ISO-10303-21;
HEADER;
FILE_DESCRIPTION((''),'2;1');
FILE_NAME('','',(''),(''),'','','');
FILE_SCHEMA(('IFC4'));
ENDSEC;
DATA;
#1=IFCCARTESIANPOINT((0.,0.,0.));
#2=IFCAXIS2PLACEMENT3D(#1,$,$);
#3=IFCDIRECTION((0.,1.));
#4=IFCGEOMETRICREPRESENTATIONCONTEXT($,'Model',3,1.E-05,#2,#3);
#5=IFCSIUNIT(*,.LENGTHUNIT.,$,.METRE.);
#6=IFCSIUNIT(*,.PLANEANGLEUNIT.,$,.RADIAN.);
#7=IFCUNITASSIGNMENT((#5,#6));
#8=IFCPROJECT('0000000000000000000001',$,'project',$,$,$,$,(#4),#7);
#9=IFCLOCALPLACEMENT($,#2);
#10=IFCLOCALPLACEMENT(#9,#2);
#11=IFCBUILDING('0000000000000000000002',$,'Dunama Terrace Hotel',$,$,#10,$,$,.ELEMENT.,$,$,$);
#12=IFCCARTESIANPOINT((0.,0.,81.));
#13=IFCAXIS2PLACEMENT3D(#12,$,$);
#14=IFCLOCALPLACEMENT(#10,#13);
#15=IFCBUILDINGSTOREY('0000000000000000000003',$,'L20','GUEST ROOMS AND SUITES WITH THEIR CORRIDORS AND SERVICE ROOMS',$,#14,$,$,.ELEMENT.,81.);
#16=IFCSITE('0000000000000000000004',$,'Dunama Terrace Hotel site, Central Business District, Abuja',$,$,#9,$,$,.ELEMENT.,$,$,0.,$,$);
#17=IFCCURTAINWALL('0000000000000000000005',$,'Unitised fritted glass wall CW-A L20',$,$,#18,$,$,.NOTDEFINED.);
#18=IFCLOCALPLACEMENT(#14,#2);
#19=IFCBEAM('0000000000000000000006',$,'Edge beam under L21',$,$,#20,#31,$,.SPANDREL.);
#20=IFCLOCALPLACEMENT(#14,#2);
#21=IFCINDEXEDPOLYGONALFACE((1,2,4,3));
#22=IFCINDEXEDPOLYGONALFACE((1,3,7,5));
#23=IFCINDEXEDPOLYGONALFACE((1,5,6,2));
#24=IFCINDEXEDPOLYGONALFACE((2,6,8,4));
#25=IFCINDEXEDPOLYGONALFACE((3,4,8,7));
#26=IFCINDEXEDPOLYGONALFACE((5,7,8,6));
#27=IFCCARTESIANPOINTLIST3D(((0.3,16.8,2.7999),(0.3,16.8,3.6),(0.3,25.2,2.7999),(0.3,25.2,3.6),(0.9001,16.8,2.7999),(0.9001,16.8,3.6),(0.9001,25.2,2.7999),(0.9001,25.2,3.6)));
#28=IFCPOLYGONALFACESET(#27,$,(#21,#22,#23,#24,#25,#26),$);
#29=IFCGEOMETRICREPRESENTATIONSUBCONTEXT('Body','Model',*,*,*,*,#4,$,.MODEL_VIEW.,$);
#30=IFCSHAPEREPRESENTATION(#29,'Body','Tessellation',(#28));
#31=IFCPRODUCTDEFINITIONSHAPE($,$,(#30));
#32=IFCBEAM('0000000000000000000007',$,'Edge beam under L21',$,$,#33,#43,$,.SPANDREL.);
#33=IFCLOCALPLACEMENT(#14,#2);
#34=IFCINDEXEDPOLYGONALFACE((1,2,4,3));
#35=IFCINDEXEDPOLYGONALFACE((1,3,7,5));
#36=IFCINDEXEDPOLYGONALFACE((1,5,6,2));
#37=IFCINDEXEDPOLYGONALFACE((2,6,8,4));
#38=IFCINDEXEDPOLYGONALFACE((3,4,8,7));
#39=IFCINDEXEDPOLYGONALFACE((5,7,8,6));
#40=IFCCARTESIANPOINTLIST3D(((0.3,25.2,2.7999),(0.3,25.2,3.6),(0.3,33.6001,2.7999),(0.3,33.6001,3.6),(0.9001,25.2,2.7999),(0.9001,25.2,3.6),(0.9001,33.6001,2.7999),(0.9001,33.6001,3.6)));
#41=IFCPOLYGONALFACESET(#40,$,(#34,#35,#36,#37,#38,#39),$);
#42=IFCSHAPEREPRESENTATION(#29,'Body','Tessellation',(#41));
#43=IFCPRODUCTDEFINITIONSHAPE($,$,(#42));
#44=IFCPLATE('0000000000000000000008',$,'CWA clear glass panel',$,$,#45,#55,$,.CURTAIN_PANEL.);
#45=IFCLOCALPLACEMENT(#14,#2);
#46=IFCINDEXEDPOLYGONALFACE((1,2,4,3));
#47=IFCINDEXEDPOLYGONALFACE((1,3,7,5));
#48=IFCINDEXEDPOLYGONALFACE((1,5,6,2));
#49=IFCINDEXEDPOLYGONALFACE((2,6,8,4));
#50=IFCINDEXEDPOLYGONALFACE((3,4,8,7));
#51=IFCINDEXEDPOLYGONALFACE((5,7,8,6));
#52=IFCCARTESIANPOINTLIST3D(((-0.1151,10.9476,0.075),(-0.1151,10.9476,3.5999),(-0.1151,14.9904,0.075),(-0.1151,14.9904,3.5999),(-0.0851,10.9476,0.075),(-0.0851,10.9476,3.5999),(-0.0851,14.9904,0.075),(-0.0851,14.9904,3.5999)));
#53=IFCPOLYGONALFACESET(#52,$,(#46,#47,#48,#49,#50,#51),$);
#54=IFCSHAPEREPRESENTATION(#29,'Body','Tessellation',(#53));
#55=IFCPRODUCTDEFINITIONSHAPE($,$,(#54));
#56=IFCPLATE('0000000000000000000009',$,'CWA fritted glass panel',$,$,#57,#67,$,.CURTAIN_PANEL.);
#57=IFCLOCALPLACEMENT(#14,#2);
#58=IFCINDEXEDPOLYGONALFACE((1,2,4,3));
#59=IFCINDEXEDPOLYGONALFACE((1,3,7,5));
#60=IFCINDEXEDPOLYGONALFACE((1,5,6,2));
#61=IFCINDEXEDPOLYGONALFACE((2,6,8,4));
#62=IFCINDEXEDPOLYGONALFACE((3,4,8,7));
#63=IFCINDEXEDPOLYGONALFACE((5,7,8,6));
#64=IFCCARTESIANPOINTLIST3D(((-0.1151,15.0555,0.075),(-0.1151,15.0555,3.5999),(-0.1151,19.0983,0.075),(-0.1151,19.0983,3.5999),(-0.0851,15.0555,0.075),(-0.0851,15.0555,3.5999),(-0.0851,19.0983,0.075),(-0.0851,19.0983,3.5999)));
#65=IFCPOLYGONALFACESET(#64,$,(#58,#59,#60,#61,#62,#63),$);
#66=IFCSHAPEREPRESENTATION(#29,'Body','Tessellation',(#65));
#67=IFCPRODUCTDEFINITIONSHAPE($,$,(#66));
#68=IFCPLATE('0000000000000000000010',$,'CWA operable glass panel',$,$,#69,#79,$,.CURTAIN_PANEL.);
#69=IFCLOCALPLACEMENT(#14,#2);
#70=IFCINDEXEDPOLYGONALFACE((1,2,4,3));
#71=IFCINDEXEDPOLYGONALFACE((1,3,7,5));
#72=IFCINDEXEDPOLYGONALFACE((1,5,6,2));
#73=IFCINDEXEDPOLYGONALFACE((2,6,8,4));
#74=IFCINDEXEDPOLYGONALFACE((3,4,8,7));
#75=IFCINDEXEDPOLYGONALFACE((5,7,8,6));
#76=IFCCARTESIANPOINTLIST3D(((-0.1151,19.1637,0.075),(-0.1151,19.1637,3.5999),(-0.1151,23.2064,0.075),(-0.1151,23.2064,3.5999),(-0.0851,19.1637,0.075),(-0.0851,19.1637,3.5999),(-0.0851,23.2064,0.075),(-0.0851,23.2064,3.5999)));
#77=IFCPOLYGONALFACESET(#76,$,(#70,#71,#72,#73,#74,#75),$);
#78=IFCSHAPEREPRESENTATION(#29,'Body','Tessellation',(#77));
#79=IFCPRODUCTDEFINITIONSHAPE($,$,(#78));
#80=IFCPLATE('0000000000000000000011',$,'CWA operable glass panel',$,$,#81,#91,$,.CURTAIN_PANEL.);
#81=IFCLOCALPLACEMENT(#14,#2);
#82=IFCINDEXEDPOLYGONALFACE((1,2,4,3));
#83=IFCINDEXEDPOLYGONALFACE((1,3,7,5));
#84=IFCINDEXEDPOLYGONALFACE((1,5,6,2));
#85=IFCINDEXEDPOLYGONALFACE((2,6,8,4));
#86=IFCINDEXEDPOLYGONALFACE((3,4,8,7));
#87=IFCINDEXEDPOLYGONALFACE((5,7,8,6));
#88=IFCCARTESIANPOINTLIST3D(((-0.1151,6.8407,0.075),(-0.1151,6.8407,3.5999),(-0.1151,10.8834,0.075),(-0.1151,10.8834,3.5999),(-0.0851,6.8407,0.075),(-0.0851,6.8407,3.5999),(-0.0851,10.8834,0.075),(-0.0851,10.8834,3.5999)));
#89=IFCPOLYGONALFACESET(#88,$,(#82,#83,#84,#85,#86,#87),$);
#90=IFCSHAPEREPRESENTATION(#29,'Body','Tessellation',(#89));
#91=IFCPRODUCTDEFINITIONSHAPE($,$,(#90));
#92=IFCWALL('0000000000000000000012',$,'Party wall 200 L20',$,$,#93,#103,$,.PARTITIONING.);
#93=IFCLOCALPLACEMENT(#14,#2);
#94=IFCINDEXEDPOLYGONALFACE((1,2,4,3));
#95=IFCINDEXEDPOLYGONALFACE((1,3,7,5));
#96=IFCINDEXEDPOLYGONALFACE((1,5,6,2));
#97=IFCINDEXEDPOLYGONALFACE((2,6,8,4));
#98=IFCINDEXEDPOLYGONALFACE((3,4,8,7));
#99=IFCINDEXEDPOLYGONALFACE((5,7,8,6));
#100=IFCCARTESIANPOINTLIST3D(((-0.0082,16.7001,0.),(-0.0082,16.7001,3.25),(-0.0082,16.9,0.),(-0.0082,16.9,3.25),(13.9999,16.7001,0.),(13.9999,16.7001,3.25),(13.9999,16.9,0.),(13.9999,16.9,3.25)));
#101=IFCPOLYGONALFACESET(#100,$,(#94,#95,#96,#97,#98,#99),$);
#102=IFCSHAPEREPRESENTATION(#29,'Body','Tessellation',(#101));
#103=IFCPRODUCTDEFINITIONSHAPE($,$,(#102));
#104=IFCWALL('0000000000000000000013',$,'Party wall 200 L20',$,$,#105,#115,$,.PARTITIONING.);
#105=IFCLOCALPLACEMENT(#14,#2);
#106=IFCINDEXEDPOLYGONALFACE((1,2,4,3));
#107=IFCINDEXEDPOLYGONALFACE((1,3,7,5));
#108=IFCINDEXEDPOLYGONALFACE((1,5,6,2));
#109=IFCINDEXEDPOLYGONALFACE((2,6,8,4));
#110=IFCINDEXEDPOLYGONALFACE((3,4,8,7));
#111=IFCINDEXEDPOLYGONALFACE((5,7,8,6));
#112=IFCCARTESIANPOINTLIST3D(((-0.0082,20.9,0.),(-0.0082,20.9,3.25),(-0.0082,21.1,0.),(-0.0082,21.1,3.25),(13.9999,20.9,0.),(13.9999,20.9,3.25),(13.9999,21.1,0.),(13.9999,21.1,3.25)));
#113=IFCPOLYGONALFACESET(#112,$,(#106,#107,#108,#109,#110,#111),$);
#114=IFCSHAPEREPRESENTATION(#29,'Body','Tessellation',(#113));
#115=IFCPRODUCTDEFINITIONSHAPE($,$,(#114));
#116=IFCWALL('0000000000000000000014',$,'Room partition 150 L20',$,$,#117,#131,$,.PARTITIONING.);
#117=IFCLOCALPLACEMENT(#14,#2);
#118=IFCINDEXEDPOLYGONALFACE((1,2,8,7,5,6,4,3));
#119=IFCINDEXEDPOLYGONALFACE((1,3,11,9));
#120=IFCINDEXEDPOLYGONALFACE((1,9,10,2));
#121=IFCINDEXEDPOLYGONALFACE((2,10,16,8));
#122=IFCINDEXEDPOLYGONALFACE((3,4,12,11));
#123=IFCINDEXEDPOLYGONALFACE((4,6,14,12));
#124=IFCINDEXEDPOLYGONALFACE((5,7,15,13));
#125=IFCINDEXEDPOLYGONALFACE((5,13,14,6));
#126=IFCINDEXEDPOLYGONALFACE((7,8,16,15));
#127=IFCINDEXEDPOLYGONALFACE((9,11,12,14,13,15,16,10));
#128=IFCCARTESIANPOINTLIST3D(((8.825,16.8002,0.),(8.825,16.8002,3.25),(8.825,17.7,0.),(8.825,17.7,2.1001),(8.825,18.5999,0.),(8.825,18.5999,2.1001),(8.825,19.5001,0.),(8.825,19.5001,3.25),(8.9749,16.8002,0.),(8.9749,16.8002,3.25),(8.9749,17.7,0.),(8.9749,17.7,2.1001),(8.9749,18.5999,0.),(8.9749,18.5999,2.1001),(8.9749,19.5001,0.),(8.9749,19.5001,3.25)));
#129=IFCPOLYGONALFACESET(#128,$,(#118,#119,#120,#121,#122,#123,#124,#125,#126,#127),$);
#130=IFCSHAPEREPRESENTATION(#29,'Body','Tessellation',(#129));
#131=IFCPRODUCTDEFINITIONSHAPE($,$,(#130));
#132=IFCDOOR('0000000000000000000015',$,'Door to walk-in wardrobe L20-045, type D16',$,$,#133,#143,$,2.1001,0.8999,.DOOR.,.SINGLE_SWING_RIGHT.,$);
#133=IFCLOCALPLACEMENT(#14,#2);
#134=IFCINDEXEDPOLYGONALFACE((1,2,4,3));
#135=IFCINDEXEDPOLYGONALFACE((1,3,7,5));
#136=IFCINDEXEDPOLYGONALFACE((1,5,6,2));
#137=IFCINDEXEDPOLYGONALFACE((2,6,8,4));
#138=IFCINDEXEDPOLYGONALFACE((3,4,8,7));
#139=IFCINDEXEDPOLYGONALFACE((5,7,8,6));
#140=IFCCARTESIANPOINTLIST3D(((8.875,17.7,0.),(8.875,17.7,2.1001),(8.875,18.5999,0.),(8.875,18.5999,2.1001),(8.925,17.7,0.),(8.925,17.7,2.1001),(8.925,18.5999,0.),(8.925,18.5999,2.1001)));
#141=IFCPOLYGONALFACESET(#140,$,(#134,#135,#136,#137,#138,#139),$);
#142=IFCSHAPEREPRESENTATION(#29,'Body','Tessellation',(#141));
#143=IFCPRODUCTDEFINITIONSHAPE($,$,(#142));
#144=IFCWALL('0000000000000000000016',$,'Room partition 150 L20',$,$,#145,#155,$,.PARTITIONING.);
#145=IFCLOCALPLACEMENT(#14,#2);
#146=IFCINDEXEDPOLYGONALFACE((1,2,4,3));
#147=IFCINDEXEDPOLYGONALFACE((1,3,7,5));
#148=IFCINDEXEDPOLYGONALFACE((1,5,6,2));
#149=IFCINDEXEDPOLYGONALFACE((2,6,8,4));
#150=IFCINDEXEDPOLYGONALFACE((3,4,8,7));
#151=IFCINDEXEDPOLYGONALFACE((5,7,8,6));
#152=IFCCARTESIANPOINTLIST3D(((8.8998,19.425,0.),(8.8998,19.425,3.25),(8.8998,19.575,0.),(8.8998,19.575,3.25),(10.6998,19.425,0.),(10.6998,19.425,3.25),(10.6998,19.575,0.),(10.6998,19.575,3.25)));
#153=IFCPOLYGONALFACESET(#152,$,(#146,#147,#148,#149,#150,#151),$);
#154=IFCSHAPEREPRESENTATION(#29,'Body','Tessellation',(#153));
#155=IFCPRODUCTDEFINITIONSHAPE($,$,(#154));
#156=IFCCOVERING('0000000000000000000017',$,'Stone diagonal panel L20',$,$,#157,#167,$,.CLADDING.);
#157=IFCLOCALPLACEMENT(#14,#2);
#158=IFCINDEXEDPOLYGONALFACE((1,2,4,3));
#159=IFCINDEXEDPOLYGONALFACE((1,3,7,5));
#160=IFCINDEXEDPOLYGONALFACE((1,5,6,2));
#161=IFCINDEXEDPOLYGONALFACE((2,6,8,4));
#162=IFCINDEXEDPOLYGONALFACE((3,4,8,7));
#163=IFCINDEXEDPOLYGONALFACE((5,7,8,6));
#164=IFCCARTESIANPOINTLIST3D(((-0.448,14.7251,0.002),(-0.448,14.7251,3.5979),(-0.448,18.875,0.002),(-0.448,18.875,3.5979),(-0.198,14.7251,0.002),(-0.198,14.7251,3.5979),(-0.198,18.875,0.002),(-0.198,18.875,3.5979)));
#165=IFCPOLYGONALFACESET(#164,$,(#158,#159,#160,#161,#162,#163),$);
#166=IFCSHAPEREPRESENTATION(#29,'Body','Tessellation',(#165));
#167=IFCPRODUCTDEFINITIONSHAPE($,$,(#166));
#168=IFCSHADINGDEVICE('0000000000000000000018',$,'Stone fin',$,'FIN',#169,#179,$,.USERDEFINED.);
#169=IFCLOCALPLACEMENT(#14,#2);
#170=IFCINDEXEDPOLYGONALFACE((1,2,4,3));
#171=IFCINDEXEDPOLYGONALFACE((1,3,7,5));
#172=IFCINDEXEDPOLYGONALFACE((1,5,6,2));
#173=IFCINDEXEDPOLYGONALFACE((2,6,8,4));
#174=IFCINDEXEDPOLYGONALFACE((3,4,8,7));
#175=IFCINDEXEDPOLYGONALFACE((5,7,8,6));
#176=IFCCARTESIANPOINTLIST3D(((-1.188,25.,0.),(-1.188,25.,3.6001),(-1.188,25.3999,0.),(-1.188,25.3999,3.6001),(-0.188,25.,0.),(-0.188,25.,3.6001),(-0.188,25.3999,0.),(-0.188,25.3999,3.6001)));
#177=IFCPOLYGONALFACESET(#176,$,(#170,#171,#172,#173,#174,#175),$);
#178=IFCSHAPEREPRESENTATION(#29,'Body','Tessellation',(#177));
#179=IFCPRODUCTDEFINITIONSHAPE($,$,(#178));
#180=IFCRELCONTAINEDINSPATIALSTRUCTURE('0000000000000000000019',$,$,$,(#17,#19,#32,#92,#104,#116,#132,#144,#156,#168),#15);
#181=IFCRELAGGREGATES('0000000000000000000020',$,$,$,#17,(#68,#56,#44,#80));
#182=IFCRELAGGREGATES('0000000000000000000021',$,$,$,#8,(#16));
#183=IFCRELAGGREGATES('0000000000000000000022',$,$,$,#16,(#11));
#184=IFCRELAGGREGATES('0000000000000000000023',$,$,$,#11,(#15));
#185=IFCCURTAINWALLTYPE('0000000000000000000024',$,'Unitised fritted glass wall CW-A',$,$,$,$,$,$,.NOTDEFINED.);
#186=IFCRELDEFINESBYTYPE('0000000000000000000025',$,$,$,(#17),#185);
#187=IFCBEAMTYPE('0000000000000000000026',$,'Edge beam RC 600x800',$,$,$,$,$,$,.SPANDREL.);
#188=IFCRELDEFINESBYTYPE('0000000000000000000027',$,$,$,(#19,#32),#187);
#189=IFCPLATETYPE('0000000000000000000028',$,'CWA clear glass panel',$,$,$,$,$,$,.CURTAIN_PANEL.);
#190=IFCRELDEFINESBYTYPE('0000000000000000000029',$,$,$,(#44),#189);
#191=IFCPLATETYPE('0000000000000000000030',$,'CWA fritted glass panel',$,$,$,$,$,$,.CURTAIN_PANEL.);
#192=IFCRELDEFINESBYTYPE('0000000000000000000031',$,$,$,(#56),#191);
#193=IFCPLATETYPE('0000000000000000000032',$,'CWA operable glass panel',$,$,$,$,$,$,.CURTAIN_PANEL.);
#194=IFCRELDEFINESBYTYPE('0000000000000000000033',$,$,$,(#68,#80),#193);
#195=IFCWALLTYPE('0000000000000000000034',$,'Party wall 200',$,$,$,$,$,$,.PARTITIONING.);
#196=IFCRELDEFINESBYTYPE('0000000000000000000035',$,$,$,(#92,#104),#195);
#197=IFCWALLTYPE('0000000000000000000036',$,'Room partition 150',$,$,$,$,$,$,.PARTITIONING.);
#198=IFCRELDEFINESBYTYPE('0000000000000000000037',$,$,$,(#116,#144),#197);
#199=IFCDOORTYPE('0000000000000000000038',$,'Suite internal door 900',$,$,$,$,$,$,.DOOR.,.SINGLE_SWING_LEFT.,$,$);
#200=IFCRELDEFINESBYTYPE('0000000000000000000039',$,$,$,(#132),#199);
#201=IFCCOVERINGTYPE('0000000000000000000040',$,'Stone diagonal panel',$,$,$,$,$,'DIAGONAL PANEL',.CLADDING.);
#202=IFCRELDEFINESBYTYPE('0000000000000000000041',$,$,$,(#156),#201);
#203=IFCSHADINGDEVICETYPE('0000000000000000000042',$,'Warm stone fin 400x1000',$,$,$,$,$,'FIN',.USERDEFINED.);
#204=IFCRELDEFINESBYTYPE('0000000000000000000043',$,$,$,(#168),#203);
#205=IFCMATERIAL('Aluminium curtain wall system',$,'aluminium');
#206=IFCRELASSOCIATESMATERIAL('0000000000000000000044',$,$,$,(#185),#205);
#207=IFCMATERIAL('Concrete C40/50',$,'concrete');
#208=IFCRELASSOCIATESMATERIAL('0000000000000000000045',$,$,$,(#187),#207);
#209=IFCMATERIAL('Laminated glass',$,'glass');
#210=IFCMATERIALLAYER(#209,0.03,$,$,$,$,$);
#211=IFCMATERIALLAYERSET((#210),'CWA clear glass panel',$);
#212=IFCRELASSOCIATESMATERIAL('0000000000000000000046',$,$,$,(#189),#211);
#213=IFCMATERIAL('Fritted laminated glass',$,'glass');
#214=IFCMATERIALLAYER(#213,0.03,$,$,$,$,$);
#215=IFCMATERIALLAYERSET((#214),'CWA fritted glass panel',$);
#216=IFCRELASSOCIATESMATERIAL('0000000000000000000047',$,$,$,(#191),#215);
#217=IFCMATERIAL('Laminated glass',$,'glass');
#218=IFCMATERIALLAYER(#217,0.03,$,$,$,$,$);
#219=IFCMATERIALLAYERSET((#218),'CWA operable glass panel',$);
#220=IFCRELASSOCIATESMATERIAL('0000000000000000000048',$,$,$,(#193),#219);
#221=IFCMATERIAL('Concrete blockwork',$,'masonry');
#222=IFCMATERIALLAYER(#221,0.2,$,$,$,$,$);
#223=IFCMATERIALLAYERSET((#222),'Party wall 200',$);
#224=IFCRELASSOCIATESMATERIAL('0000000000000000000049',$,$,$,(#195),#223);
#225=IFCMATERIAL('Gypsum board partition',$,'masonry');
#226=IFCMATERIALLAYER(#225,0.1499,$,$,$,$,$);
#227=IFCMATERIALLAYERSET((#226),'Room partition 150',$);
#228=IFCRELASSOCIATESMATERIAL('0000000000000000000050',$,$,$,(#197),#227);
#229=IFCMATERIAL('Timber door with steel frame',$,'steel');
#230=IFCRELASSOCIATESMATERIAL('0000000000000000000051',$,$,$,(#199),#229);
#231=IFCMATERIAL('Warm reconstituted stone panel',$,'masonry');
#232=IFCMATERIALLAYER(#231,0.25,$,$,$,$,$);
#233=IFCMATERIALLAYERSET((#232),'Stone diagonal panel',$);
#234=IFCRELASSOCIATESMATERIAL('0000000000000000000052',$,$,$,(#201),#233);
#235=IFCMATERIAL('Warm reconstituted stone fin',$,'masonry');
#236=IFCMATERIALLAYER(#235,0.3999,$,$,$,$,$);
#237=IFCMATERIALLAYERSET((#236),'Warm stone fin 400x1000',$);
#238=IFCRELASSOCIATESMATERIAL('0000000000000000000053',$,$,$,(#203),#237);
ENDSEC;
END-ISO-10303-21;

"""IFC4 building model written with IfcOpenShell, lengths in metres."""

from ifc_helpers import new_model, si_unit, direction, frame, frame_2d, origin, origin_2d, place, context, subcontext, project, spatial, rectangle, extrude, material, layer, layer_set, material_profile, profile_set, type_object, element, fill, aggregate, save


model = new_model("IFC4")

# Units and contexts
model_context = context("Model", 3, precision=1e-05, world=origin(), true_north=direction((0.0, 1.0)))
body_context = subcontext(model_context, "Body", "Model", "MODEL_VIEW")
ifc_project = project(units=[si_unit("LENGTHUNIT", "METRE"), si_unit("PLANEANGLEUNIT", "RADIAN")], contexts=[model_context])

# Site, building, storey
site_placement = place(None, origin())
site = spatial("IfcSite", under=ifc_project, at=site_placement, Name="Dunama Terrace Hotel site, Central Business District, Abuja", CompositionType="ELEMENT", RefElevation=0.0)
building_placement = place(site_placement, origin())
building = spatial("IfcBuilding", under=site, at=building_placement, Name="Dunama Terrace Hotel", CompositionType="ELEMENT")
storey_placement = place(building_placement, frame((0.0, 0.0, 81.0)))
storey = spatial("IfcBuildingStorey", under=building, at=storey_placement, Name="L20", Description="GUEST ROOMS AND SUITES WITH THEIR CORRIDORS AND SERVICE ROOMS", CompositionType="ELEMENT", Elevation=81.0)

# Curtain wall
ifc_material_1 = material(Name="Aluminium curtain wall system", Category="aluminium")
curtain_wall_type = type_object("IfcCurtainWallType", Name="Unitised fritted glass wall CW-A", PredefinedType="NOTDEFINED", material=ifc_material_1)
curtain_wall_placement = place(storey_placement, origin())
curtain_wall = element("IfcCurtainWall", 1, at=curtain_wall_placement, inside=storey, type_object=curtain_wall_type, Name="Unitised fritted glass wall CW-A L20", PredefinedType="NOTDEFINED")

# Beams
ifc_material_2 = material(Name="Concrete C40/50", Category="concrete")
ifc_material_profile_1 = material_profile(ifc_material_2, rectangle(XDim=0.6001, YDim=0.8, at=origin_2d()), Name="RC 600x800")
ifc_profile_set_1 = profile_set([ifc_material_profile_1], Name="Concrete C40/50")
beam_type = type_object("IfcBeamType", Name="Edge beam RC 600x800", PredefinedType="SPANDREL", material=ifc_profile_set_1)
beam_1_placement = place(storey_placement, frame((0.6001, 16.8, 3.2), z_axis=(0.0, 1.0, 0.0), x_axis=(-1.0, 0.0, 0.0)))
element("IfcBeam", 2, at=beam_1_placement, inside=storey, type_object=beam_type, Name="Edge beam under L21", PredefinedType="SPANDREL", context=body_context, shape_type="SweptSolid", body=[
    extrude(rectangle(XDim=0.6001, YDim=0.8, at=origin_2d()), origin(), (0.0, 0.0, 1.0), 8.3999),
])
beam_2_placement = place(storey_placement, frame((0.6001, 25.2, 3.2), z_axis=(0.0, 1.0, 0.0), x_axis=(-1.0, 0.0, 0.0)))
element("IfcBeam", 3, at=beam_2_placement, inside=storey, type_object=beam_type, Name="Edge beam under L21", PredefinedType="SPANDREL", context=body_context, shape_type="SweptSolid", body=[
    extrude(rectangle(XDim=0.6001, YDim=0.8, at=origin_2d()), origin(), (0.0, 0.0, 1.0), 8.4001),
])

# Plates
ifc_material_3 = material(Name="Laminated glass", Category="glass")
ifc_layer_1 = layer(ifc_material_3, 0.03)
ifc_layer_set_1 = layer_set([ifc_layer_1], Name="CWA clear glass panel")
plate_type_1 = type_object("IfcPlateType", Name="CWA clear glass panel", PredefinedType="CURTAIN_PANEL", material=ifc_layer_set_1)
plate_1_placement = place(storey_placement, frame((-0.1001, 12.969, 0.075), z_axis=(0.0, 0.0, 1.0), x_axis=(0.0, -1.0, 0.0)))
plate_1 = element("IfcPlate", 4, at=plate_1_placement, type_object=plate_type_1, Name="CWA clear glass panel", PredefinedType="CURTAIN_PANEL", context=body_context, shape_type="SweptSolid", body=[
    extrude(rectangle(XDim=4.0427, YDim=0.03, at=origin_2d()), origin(), (0.0, 0.0, 1.0), 3.5249),
])
ifc_material_4 = material(Name="Fritted laminated glass", Category="glass")
ifc_layer_2 = layer(ifc_material_4, 0.03)
ifc_layer_set_2 = layer_set([ifc_layer_2], Name="CWA fritted glass panel")
plate_type_2 = type_object("IfcPlateType", Name="CWA fritted glass panel", PredefinedType="CURTAIN_PANEL", material=ifc_layer_set_2)
plate_2_placement = place(storey_placement, frame((-0.1001, 17.0769, 0.075), z_axis=(0.0, 0.0, 1.0), x_axis=(0.0, -1.0, 0.0)))
plate_2 = element("IfcPlate", 5, at=plate_2_placement, type_object=plate_type_2, Name="CWA fritted glass panel", PredefinedType="CURTAIN_PANEL", context=body_context, shape_type="SweptSolid", body=[
    extrude(rectangle(XDim=4.0427, YDim=0.03, at=origin_2d()), origin(), (0.0, 0.0, 1.0), 3.5249),
])
ifc_material_5 = material(Name="Laminated glass", Category="glass")
ifc_layer_3 = layer(ifc_material_5, 0.03)
ifc_layer_set_3 = layer_set([ifc_layer_3], Name="CWA operable glass panel")
plate_type_3 = type_object("IfcPlateType", Name="CWA operable glass panel", PredefinedType="CURTAIN_PANEL", material=ifc_layer_set_3)
plate_3_placement = place(storey_placement, frame((-0.1001, 21.1851, 0.075), z_axis=(0.0, 0.0, 1.0), x_axis=(0.0, -1.0, 0.0)))
plate_3 = element("IfcPlate", 6, at=plate_3_placement, type_object=plate_type_3, Name="CWA operable glass panel", PredefinedType="CURTAIN_PANEL", context=body_context, shape_type="SweptSolid", body=[
    extrude(rectangle(XDim=4.0427, YDim=0.03, at=origin_2d()), origin(), (0.0, 0.0, 1.0), 3.5249),
])
plate_4_placement = place(storey_placement, frame((-0.1001, 8.8621, 0.075), z_axis=(0.0, 0.0, 1.0), x_axis=(0.0, -1.0, 0.0)))
plate_4 = element("IfcPlate", 7, at=plate_4_placement, type_object=plate_type_3, Name="CWA operable glass panel", PredefinedType="CURTAIN_PANEL", context=body_context, shape_type="SweptSolid", body=[
    extrude(rectangle(XDim=4.0427, YDim=0.03, at=origin_2d()), origin(), (0.0, 0.0, 1.0), 3.5249),
])
aggregate(curtain_wall, [plate_3, plate_2, plate_1, plate_4])

# Walls
ifc_material_6 = material(Name="Concrete blockwork", Category="masonry")
ifc_layer_4 = layer(ifc_material_6, 0.2)
ifc_layer_set_4 = layer_set([ifc_layer_4], Name="Party wall 200")
wall_type_1 = type_object("IfcWallType", Name="Party wall 200", PredefinedType="PARTITIONING", material=ifc_layer_set_4)
for number, where, z_axis, x_axis, name in (
    (8, (-0.0081, 16.8, 0.0), (0.0, 0.0, 1.0), (1.0, 0.0, 0.0), "Party wall 200 L20"),
    (9, (-0.0081, 21.0, 0.0), (0.0, 0.0, 1.0), (1.0, 0.0, 0.0), "Party wall 200 L20"),
):
    element("IfcWall", number, at=place(storey_placement, frame(where, z_axis=z_axis, x_axis=x_axis)), inside=storey, type_object=wall_type_1, Name=name, PredefinedType="PARTITIONING", context=body_context, shape_type="SweptSolid", body=[
        extrude(rectangle(XDim=14.0081, YDim=0.2, at=frame_2d((7.0039, 0.0))), origin(), (0.0, 0.0, 1.0), 3.25),
    ])

# Wall, opening, door
ifc_material_7 = material(Name="Gypsum board partition", Category="masonry")
ifc_layer_5 = layer(ifc_material_7, 0.1499)
ifc_layer_set_5 = layer_set([ifc_layer_5], Name="Room partition 150")
wall_type_2 = type_object("IfcWallType", Name="Room partition 150", PredefinedType="PARTITIONING", material=ifc_layer_set_5)
wall_1_placement = place(storey_placement, frame((8.8999, 16.8, 0.0), z_axis=(0.0, 0.0, 1.0), x_axis=(0.0, 1.0, 0.0)))
wall_1 = element("IfcWall", 10, at=wall_1_placement, inside=storey, type_object=wall_type_2, Name="Room partition 150 L20", PredefinedType="PARTITIONING", context=body_context, shape_type="SweptSolid", body=[
    extrude(rectangle(XDim=2.7, YDim=0.1499, at=frame_2d((1.3501, 0.0))), origin(), (0.0, 0.0, 1.0), 3.25),
])
opening_placement = place(wall_1_placement, frame((0.8999, 0.0, 0.0)))
opening = element("IfcOpeningElement", 11, at=opening_placement, cuts=wall_1, PredefinedType="OPENING", context=body_context, shape_type="SweptSolid", body=[
    extrude(rectangle(XDim=0.8999, YDim=2.1001, at=frame_2d((0.45, 1.05))), frame((0.0, 0.085, 0.0), z_axis=(0.0, -1.0, 0.0), x_axis=(1.0, 0.0, 0.0)), (0.0, 0.0, 1.0), 0.1699),
])
ifc_material_8 = material(Name="Timber door with steel frame", Category="steel")
door_type = type_object("IfcDoorType", Name="Suite internal door 900", OperationType="SINGLE_SWING_LEFT", PredefinedType="DOOR", material=ifc_material_8)
door_placement = place(opening_placement, frame((0.8999, 0.0, 0.0), z_axis=(0.0, 0.0, 1.0), x_axis=(-1.0, 0.0, 0.0)))
door = element("IfcDoor", 12, at=door_placement, inside=storey, type_object=door_type, Name="Door to walk-in wardrobe L20-045, type D16", OperationType="SINGLE_SWING_RIGHT", OverallHeight=2.1001, OverallWidth=0.8999, PredefinedType="DOOR", context=body_context, shape_type="SweptSolid", body=[
    extrude(rectangle(XDim=0.8999, YDim=2.1001, at=frame_2d((0.45, 1.05))), frame((0.0, 0.0251, 0.0), z_axis=(0.0, -1.0, 0.0), x_axis=(1.0, 0.0, 0.0)), (0.0, 0.0, 1.0), 0.05),
])
fill(opening, door)

# Wall
wall_2_placement = place(storey_placement, frame((8.8999, 19.5, 0.0), z_axis=(0.0, 0.0, 1.0), x_axis=(1.0, 0.0, 0.0)))
element("IfcWall", 13, at=wall_2_placement, inside=storey, type_object=wall_type_2, Name="Room partition 150 L20", PredefinedType="PARTITIONING", context=body_context, shape_type="SweptSolid", body=[
    extrude(rectangle(XDim=1.8, YDim=0.1499, at=frame_2d((0.8999, 0.0))), origin(), (0.0, 0.0, 1.0), 3.25),
])

# Covering
ifc_material_9 = material(Name="Warm reconstituted stone panel", Category="masonry")
ifc_layer_6 = layer(ifc_material_9, 0.25)
ifc_layer_set_6 = layer_set([ifc_layer_6], Name="Stone diagonal panel")
covering_type = type_object("IfcCoveringType", Name="Stone diagonal panel", ElementType="DIAGONAL PANEL", PredefinedType="CLADDING", material=ifc_layer_set_6)
covering_placement = place(storey_placement, frame((-0.323, 16.8, 0.002), z_axis=(0.0, 0.0, 1.0), x_axis=(0.0, -1.0, 0.0)))
element("IfcCovering", 14, at=covering_placement, inside=storey, type_object=covering_type, Name="Stone diagonal panel L20", PredefinedType="CLADDING", context=body_context, shape_type="SweptSolid", body=[
    extrude(rectangle(XDim=4.1499, YDim=0.25, at=origin_2d()), origin(), (0.0, 0.0, 1.0), 3.5959),
])

# Shading device
ifc_material_10 = material(Name="Warm reconstituted stone fin", Category="masonry")
ifc_layer_7 = layer(ifc_material_10, 0.3999)
ifc_layer_set_7 = layer_set([ifc_layer_7], Name="Warm stone fin 400x1000")
shading_device_type = type_object("IfcShadingDeviceType", Name="Warm stone fin 400x1000", ElementType="FIN", PredefinedType="USERDEFINED", material=ifc_layer_set_7)
for number, where, z_axis, x_axis, name in (
    (15, (-0.688, 25.2, 0.0), (0.0, 0.0, 1.0), (0.0, -1.0, 0.0), "Stone fin"),
):
    element("IfcShadingDevice", number, at=place(storey_placement, frame(where, z_axis=z_axis, x_axis=x_axis)), inside=storey, type_object=shading_device_type, Name=name, ObjectType="FIN", PredefinedType="USERDEFINED", context=body_context, shape_type="SweptSolid", body=[
        extrude(rectangle(XDim=0.3999, YDim=1.0, at=origin_2d()), origin(), (0.0, 0.0, 1.0), 3.6001),
    ])

save(model, "model.ifc")
